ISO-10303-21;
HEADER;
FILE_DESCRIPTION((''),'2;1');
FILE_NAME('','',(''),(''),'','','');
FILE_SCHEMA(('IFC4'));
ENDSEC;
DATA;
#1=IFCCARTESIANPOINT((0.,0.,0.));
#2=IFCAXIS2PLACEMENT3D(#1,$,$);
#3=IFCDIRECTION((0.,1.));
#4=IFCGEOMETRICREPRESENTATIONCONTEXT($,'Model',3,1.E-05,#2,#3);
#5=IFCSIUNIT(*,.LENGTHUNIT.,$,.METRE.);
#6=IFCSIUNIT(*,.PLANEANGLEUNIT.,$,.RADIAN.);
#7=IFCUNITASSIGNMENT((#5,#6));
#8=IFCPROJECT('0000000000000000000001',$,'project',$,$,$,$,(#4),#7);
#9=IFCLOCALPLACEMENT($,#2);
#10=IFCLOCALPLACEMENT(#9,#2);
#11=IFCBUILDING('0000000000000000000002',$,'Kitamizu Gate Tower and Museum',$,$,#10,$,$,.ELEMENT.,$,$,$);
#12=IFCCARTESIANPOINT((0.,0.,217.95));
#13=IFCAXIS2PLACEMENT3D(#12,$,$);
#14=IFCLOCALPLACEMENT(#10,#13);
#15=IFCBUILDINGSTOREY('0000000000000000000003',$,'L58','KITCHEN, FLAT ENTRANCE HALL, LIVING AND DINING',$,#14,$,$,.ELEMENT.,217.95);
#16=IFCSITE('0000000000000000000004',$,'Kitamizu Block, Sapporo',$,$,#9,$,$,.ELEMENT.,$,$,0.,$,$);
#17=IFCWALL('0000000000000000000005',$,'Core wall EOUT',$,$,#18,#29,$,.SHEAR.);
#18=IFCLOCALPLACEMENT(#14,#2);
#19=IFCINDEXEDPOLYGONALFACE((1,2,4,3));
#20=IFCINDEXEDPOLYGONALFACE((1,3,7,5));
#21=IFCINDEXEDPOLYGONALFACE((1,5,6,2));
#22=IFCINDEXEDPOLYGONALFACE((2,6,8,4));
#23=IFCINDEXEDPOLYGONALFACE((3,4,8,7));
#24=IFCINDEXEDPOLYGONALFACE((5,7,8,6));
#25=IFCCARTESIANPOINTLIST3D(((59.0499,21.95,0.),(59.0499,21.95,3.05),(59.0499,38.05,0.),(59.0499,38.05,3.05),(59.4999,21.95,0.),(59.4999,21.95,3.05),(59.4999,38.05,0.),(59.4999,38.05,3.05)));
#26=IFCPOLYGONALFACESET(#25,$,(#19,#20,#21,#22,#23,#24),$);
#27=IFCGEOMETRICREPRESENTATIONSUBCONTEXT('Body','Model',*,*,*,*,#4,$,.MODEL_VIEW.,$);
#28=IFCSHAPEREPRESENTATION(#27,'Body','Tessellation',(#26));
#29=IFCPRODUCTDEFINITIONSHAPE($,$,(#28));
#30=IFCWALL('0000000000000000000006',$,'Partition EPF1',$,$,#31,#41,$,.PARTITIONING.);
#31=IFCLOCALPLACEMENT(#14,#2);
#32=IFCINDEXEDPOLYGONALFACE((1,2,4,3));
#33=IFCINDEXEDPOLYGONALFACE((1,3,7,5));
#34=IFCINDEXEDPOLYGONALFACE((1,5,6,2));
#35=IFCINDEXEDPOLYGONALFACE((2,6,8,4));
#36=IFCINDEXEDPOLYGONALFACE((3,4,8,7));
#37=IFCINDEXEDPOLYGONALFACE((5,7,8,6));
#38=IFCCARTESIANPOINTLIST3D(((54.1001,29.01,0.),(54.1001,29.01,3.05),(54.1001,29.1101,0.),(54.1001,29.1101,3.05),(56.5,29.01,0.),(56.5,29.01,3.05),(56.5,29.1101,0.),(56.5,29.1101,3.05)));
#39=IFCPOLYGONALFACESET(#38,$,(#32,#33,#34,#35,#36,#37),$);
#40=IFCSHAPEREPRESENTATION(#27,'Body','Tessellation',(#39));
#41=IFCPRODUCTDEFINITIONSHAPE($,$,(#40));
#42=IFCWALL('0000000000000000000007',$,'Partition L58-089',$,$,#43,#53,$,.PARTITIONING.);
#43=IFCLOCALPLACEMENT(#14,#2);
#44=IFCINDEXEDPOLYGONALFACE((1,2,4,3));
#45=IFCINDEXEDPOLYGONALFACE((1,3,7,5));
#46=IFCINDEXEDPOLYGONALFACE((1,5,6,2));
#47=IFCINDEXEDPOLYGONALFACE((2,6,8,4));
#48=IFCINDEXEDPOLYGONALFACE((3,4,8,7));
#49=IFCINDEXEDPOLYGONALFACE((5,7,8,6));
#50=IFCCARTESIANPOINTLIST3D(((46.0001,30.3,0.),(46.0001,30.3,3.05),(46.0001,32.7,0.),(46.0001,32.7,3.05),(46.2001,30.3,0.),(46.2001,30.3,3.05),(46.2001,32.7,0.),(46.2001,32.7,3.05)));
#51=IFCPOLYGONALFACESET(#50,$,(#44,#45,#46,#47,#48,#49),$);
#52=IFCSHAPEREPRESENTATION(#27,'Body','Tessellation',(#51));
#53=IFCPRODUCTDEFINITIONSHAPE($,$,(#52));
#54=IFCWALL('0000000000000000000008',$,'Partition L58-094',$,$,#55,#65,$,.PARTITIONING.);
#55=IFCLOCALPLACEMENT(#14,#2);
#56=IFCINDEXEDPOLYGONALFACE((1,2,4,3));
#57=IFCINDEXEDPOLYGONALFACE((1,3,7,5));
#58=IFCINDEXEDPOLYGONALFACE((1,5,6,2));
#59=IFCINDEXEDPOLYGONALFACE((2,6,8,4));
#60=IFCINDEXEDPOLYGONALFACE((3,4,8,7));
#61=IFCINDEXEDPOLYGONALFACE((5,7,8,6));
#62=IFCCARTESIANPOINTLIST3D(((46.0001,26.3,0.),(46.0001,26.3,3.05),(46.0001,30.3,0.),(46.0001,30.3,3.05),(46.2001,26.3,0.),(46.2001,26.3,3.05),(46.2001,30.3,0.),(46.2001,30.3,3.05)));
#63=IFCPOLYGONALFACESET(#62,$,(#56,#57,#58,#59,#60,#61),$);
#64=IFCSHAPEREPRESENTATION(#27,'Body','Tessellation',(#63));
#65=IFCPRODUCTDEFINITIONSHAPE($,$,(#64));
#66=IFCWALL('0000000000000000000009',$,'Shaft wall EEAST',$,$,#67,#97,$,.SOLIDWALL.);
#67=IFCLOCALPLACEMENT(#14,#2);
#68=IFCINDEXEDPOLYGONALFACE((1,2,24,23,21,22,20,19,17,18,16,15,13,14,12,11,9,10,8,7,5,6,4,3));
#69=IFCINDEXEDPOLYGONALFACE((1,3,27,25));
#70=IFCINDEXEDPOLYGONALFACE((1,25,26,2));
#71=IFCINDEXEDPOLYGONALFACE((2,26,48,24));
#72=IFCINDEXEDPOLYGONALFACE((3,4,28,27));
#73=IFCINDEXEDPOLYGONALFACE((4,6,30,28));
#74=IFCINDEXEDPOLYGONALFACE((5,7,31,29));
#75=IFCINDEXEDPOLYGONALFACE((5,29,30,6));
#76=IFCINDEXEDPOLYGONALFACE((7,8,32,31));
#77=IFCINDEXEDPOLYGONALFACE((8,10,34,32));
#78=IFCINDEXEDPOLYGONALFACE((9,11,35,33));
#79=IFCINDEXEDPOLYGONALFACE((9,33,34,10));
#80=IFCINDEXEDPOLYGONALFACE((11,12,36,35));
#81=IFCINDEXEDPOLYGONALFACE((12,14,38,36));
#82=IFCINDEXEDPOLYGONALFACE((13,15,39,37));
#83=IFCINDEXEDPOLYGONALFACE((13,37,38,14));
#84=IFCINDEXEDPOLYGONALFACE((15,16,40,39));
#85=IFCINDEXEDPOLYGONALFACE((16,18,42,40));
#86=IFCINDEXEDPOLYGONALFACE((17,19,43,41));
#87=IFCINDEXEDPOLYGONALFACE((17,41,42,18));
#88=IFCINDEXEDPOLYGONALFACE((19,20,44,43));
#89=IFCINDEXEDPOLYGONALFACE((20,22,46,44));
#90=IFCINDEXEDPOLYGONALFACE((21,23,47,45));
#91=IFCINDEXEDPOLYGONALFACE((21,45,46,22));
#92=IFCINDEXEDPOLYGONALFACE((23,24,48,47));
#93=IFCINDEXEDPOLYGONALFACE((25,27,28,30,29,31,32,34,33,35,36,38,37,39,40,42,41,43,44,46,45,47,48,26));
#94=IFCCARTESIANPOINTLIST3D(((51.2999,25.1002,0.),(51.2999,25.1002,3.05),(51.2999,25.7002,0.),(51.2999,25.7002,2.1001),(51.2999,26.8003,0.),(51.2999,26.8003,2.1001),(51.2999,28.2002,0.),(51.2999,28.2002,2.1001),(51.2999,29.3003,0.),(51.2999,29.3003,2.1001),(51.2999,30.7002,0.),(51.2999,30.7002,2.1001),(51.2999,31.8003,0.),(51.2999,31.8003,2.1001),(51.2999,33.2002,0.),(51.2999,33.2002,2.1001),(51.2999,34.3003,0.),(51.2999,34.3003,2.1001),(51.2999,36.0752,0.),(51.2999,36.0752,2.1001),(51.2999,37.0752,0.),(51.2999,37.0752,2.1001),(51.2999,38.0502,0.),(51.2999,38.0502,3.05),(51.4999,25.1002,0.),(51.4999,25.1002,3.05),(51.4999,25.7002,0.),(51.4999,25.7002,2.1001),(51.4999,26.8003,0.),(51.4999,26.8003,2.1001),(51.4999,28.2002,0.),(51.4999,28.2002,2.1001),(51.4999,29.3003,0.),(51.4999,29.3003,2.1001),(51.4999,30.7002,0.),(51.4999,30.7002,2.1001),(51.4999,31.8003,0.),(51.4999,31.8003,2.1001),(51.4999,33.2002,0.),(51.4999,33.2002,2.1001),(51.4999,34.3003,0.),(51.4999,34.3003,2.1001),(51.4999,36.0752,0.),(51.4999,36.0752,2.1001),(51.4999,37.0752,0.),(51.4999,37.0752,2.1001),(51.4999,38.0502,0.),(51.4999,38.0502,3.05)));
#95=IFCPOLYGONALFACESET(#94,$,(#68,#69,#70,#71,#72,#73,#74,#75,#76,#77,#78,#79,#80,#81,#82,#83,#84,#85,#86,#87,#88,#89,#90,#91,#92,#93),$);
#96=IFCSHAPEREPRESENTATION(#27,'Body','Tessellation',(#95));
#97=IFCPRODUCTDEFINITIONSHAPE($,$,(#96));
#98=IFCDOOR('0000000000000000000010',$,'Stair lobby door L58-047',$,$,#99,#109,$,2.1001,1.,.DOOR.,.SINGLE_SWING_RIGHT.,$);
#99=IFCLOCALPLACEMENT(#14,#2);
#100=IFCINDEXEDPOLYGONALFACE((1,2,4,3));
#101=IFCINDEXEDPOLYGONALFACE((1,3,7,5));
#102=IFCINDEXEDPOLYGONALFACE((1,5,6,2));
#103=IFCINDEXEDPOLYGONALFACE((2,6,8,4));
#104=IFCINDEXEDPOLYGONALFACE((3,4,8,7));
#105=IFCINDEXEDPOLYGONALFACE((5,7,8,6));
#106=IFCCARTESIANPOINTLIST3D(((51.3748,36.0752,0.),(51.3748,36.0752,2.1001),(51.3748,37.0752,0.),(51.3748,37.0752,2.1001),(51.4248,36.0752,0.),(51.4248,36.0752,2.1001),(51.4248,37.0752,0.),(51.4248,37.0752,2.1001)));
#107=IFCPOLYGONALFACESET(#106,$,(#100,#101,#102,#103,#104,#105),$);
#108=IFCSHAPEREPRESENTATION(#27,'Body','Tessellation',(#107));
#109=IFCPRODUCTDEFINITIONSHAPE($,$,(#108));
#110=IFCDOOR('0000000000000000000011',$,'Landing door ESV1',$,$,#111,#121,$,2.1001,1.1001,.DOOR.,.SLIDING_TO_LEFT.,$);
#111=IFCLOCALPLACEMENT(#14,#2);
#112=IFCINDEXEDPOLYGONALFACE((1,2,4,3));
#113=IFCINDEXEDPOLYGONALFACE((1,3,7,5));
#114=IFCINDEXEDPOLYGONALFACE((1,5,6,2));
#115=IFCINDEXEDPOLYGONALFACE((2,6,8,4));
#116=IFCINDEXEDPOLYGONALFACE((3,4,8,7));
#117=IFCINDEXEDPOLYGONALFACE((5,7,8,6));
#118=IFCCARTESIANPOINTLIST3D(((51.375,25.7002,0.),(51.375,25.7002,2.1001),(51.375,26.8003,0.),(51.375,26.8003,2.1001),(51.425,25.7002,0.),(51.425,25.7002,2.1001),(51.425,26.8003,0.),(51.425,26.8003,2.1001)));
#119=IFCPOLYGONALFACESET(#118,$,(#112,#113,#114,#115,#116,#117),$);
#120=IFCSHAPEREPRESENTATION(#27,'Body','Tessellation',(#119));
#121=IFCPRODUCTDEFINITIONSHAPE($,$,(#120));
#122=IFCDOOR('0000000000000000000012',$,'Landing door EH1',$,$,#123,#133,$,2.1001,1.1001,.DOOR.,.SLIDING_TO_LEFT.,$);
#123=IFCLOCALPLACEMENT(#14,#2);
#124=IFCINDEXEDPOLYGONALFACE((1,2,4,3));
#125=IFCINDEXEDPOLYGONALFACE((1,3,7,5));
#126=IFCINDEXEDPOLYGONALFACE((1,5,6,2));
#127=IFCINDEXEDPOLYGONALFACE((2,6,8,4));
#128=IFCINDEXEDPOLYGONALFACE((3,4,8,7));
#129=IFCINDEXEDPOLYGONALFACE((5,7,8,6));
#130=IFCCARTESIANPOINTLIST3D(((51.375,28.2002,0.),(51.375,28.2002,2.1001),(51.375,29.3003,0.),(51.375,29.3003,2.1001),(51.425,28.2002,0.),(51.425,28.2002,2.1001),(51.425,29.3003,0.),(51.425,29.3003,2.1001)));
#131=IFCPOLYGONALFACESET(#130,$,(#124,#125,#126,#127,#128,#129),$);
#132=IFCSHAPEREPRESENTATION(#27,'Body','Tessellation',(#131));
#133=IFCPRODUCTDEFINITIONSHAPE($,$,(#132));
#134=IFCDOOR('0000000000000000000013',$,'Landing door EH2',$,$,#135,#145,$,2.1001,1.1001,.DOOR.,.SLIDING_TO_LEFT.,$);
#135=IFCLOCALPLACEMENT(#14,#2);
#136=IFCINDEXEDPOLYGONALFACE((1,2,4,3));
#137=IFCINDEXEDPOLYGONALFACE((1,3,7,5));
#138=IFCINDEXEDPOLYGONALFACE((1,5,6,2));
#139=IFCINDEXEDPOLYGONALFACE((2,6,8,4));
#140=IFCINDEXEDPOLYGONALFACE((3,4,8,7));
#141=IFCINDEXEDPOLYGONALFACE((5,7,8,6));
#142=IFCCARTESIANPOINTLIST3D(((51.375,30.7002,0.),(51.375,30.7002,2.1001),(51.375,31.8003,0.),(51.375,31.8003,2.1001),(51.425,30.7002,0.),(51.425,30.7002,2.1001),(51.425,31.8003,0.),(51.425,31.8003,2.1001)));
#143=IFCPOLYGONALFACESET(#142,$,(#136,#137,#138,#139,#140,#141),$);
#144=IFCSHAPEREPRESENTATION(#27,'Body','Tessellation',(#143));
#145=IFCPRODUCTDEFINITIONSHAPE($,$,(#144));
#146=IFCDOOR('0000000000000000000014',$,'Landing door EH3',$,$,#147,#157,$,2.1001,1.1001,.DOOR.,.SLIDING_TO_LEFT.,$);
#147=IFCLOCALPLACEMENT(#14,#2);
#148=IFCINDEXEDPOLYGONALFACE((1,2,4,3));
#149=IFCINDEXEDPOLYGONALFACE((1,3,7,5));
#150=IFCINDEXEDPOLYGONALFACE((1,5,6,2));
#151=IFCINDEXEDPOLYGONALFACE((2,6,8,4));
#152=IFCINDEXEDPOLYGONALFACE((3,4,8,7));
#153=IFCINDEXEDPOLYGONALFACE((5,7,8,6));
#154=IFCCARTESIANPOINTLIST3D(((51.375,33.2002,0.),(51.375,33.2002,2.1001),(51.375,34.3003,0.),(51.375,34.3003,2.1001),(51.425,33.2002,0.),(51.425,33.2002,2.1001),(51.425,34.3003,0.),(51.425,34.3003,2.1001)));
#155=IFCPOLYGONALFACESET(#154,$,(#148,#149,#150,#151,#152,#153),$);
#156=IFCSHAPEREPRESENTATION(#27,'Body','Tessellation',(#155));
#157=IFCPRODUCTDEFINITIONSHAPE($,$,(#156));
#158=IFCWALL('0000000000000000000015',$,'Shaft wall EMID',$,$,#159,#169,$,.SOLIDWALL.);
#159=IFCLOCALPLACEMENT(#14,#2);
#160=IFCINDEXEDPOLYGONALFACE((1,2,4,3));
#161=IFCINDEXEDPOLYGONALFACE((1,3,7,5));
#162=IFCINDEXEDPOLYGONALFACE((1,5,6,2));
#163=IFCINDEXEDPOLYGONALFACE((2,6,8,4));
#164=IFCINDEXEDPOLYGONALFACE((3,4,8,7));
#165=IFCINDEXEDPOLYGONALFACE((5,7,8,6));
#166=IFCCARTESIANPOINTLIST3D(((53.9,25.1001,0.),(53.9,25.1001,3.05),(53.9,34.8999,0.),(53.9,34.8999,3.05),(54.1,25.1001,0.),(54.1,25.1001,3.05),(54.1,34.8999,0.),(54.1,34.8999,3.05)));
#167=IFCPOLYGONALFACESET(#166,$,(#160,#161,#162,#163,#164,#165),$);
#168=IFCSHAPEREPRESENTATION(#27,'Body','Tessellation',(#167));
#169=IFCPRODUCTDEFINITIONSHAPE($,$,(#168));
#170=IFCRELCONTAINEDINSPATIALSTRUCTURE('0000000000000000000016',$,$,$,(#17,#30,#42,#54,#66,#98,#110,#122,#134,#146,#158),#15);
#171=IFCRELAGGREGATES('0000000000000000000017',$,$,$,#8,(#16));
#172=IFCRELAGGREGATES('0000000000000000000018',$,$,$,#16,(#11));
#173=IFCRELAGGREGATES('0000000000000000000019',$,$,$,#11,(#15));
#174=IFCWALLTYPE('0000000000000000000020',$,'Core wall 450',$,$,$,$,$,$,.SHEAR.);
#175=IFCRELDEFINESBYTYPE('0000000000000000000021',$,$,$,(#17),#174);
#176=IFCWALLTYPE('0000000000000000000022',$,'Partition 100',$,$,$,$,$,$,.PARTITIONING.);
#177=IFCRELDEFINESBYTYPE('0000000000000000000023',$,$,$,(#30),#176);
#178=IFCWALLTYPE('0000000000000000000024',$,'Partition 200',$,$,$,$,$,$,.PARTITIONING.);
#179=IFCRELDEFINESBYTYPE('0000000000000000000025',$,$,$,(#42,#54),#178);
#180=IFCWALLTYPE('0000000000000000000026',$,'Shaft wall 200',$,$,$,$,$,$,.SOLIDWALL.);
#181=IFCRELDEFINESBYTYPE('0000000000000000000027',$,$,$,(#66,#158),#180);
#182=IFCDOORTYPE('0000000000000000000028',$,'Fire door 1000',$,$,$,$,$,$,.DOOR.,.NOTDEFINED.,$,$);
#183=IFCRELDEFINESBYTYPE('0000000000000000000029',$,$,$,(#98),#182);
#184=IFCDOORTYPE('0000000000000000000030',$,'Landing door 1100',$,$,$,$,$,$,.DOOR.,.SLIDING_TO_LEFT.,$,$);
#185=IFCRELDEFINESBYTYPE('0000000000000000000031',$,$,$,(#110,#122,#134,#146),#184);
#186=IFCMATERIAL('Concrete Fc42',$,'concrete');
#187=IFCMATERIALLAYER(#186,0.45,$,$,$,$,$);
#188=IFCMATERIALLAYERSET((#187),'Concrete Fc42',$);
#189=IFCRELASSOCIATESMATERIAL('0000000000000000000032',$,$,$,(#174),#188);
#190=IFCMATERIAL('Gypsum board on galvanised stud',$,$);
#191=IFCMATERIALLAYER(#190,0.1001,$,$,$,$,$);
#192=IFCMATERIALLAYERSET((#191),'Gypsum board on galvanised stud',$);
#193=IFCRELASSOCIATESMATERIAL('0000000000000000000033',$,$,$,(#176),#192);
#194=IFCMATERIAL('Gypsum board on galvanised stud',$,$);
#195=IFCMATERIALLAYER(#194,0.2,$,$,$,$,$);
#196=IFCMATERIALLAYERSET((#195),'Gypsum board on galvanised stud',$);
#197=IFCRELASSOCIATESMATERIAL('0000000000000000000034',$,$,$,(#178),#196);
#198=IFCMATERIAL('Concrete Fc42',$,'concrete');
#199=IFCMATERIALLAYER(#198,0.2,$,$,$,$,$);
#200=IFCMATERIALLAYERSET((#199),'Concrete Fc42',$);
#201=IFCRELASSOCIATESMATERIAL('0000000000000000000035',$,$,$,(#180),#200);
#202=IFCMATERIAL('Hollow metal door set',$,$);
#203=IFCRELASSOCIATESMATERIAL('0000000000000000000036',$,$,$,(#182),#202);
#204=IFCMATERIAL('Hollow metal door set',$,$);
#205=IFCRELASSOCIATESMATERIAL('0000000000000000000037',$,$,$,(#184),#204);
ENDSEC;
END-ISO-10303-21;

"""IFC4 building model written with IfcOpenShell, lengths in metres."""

from ifc_helpers import new_model, si_unit, direction, frame, frame_2d, origin, place, context, subcontext, project, spatial, rectangle, extrude, material, layer, layer_set, type_object, element, fill, save


model = new_model("IFC4")

# Units and contexts
model_context = context("Model", 3, precision=1e-05, world=origin(), true_north=direction((0.0, 1.0)))
body_context = subcontext(model_context, "Body", "Model", "MODEL_VIEW")
ifc_project = project(units=[si_unit("LENGTHUNIT", "METRE"), si_unit("PLANEANGLEUNIT", "RADIAN")], contexts=[model_context])

# Site, building, storey
site_placement = place(None, origin())
site = spatial("IfcSite", under=ifc_project, at=site_placement, Name="Kitamizu Block, Sapporo", CompositionType="ELEMENT", RefElevation=0.0)
building_placement = place(site_placement, origin())
building = spatial("IfcBuilding", under=site, at=building_placement, Name="Kitamizu Gate Tower and Museum", CompositionType="ELEMENT")
storey_placement = place(building_placement, frame((0.0, 0.0, 217.95)))
storey = spatial("IfcBuildingStorey", under=building, at=storey_placement, Name="L58", Description="KITCHEN, FLAT ENTRANCE HALL, LIVING AND DINING", CompositionType="ELEMENT", Elevation=217.95)

# Walls
ifc_material_1 = material(Name="Concrete Fc42", Category="concrete")
ifc_layer_1 = layer(ifc_material_1, 0.45)
ifc_layer_set_1 = layer_set([ifc_layer_1], Name="Concrete Fc42")
wall_type_1 = type_object("IfcWallType", Name="Core wall 450", PredefinedType="SHEAR", material=ifc_layer_set_1)
wall_1_placement = place(storey_placement, frame((59.2749, 21.95, 0.0), z_axis=(0.0, 0.0, 1.0), x_axis=(0.0, 1.0, 0.0)))
element("IfcWall", 1, at=wall_1_placement, inside=storey, type_object=wall_type_1, Name="Core wall EOUT", PredefinedType="SHEAR", context=body_context, shape_type="SweptSolid", body=[
    extrude(rectangle(XDim=16.1001, YDim=0.45, at=frame_2d((8.05, 0.0))), origin(), (0.0, 0.0, 1.0), 3.05),
])
ifc_material_2 = material(Name="Gypsum board on galvanised stud")
ifc_layer_2 = layer(ifc_material_2, 0.1001)
ifc_layer_set_2 = layer_set([ifc_layer_2], Name="Gypsum board on galvanised stud")
wall_type_2 = type_object("IfcWallType", Name="Partition 100", PredefinedType="PARTITIONING", material=ifc_layer_set_2)
wall_2_placement = place(storey_placement, frame((56.5, 29.0601, 0.0), z_axis=(0.0, 0.0, 1.0), x_axis=(-1.0, 0.0, 0.0)))
element("IfcWall", 2, at=wall_2_placement, inside=storey, type_object=wall_type_2, Name="Partition EPF1", PredefinedType="PARTITIONING", context=body_context, shape_type="SweptSolid", body=[
    extrude(rectangle(XDim=2.3999, YDim=0.1001, at=frame_2d((1.2, 0.0))), origin(), (0.0, 0.0, 1.0), 3.05),
])
ifc_material_3 = material(Name="Gypsum board on galvanised stud")
ifc_layer_3 = layer(ifc_material_3, 0.2)
ifc_layer_set_3 = layer_set([ifc_layer_3], Name="Gypsum board on galvanised stud")
wall_type_3 = type_object("IfcWallType", Name="Partition 200", PredefinedType="PARTITIONING", material=ifc_layer_set_3)
wall_3_placement = place(storey_placement, frame((46.1001, 30.3, 0.0), z_axis=(0.0, 0.0, 1.0), x_axis=(0.0, 1.0, 0.0)))
element("IfcWall", 3, at=wall_3_placement, inside=storey, type_object=wall_type_3, Name="Partition L58-089", PredefinedType="PARTITIONING", context=body_context, shape_type="SweptSolid", body=[
    extrude(rectangle(XDim=2.3999, YDim=0.2, at=frame_2d((1.2, 0.0))), origin(), (0.0, 0.0, 1.0), 3.05),
])
wall_4_placement = place(storey_placement, frame((46.1001, 26.3, 0.0), z_axis=(0.0, 0.0, 1.0), x_axis=(0.0, 1.0, 0.0)))
element("IfcWall", 4, at=wall_4_placement, inside=storey, type_object=wall_type_3, Name="Partition L58-094", PredefinedType="PARTITIONING", context=body_context, shape_type="SweptSolid", body=[
    extrude(rectangle(XDim=4.0, YDim=0.2, at=frame_2d((2.0, 0.0))), origin(), (0.0, 0.0, 1.0), 3.05),
])

# Wall, openings, doors
ifc_material_4 = material(Name="Concrete Fc42", Category="concrete")
ifc_layer_4 = layer(ifc_material_4, 0.2)
ifc_layer_set_4 = layer_set([ifc_layer_4], Name="Concrete Fc42")
wall_type_4 = type_object("IfcWallType", Name="Shaft wall 200", PredefinedType="SOLIDWALL", material=ifc_layer_set_4)
wall_5_placement = place(storey_placement, frame((51.3999, 25.1001, 0.0), z_axis=(0.0, 0.0, 1.0), x_axis=(0.0, 1.0, 0.0)))
wall_5 = element("IfcWall", 5, at=wall_5_placement, inside=storey, type_object=wall_type_4, Name="Shaft wall EEAST", PredefinedType="SOLIDWALL", context=body_context, shape_type="SweptSolid", body=[
    extrude(rectangle(XDim=12.95, YDim=0.2, at=frame_2d((6.4751, 0.0))), origin(), (0.0, 0.0, 1.0), 3.05),
])
opening_1_placement = place(wall_5_placement, frame((0.6001, 0.0, 0.0)))
opening_1 = element("IfcOpeningElement", 6, at=opening_1_placement, cuts=wall_5, PredefinedType="OPENING", context=body_context, shape_type="SweptSolid", body=[
    extrude(rectangle(XDim=1.1001, YDim=2.1001, at=frame_2d((0.55, 1.05))), frame((0.0, 0.1099, 0.0), z_axis=(0.0, -1.0, 0.0), x_axis=(1.0, 0.0, 0.0)), (0.0, 0.0, 1.0), 0.22),
])
opening_2_placement = place(wall_5_placement, frame((3.1001, 0.0, 0.0)))
opening_2 = element("IfcOpeningElement", 7, at=opening_2_placement, cuts=wall_5, PredefinedType="OPENING", context=body_context, shape_type="SweptSolid", body=[
    extrude(rectangle(XDim=1.1001, YDim=2.1001, at=frame_2d((0.55, 1.05))), frame((0.0, 0.1099, 0.0), z_axis=(0.0, -1.0, 0.0), x_axis=(1.0, 0.0, 0.0)), (0.0, 0.0, 1.0), 0.22),
])
opening_3_placement = place(wall_5_placement, frame((5.6001, 0.0, 0.0)))
opening_3 = element("IfcOpeningElement", 8, at=opening_3_placement, cuts=wall_5, PredefinedType="OPENING", context=body_context, shape_type="SweptSolid", body=[
    extrude(rectangle(XDim=1.1001, YDim=2.1001, at=frame_2d((0.55, 1.05))), frame((0.0, 0.1099, 0.0), z_axis=(0.0, -1.0, 0.0), x_axis=(1.0, 0.0, 0.0)), (0.0, 0.0, 1.0), 0.22),
])
opening_4_placement = place(wall_5_placement, frame((8.1001, 0.0, 0.0)))
opening_4 = element("IfcOpeningElement", 9, at=opening_4_placement, cuts=wall_5, PredefinedType="OPENING", context=body_context, shape_type="SweptSolid", body=[
    extrude(rectangle(XDim=1.1001, YDim=2.1001, at=frame_2d((0.55, 1.05))), frame((0.0, 0.1099, 0.0), z_axis=(0.0, -1.0, 0.0), x_axis=(1.0, 0.0, 0.0)), (0.0, 0.0, 1.0), 0.22),
])
opening_5_placement = place(wall_5_placement, frame((10.9751, 0.0, 0.0)))
opening_5 = element("IfcOpeningElement", 10, at=opening_5_placement, cuts=wall_5, PredefinedType="OPENING", context=body_context, shape_type="SweptSolid", body=[
    extrude(rectangle(XDim=1.0, YDim=2.1001, at=frame_2d((0.5, 1.05))), frame((0.0, 0.1099, 0.0), z_axis=(0.0, -1.0, 0.0), x_axis=(1.0, 0.0, 0.0)), (0.0, 0.0, 1.0), 0.22),
])
ifc_material_5 = material(Name="Hollow metal door set")
door_type_1 = type_object("IfcDoorType", Name="Fire door 1000", OperationType="NOTDEFINED", PredefinedType="DOOR", material=ifc_material_5)
door_1_placement = place(opening_5_placement, frame((1.0, 0.0, 0.0), x_axis=(-1.0, 0.0, 0.0)))
door_1 = element("IfcDoor", 11, at=door_1_placement, inside=storey, type_object=door_type_1, Name="Stair lobby door L58-047", OperationType="SINGLE_SWING_RIGHT", OverallHeight=2.1001, OverallWidth=1.0, PredefinedType="DOOR", context=body_context, shape_type="SweptSolid", body=[
    extrude(rectangle(XDim=1.0, YDim=2.1001, at=frame_2d((0.5, 1.05))), frame((0.0, 0.0249, 0.0), z_axis=(0.0, -1.0, 0.0), x_axis=(1.0, 0.0, 0.0)), (0.0, 0.0, 1.0), 0.05),
])
fill(opening_5, door_1)
ifc_material_6 = material(Name="Hollow metal door set")
door_type_2 = type_object("IfcDoorType", Name="Landing door 1100", OperationType="SLIDING_TO_LEFT", PredefinedType="DOOR", material=ifc_material_6)
door_2_placement = place(opening_1_placement, origin())
door_2 = element("IfcDoor", 12, at=door_2_placement, inside=storey, type_object=door_type_2, Name="Landing door ESV1", OperationType="SLIDING_TO_LEFT", OverallHeight=2.1001, OverallWidth=1.1001, PredefinedType="DOOR", context=body_context, shape_type="SweptSolid", body=[
    extrude(rectangle(XDim=1.1001, YDim=2.1001, at=frame_2d((0.55, 1.05))), frame((0.0, 0.0249, 0.0), z_axis=(0.0, -1.0, 0.0), x_axis=(1.0, 0.0, 0.0)), (0.0, 0.0, 1.0), 0.05),
])
fill(opening_1, door_2)
door_3_placement = place(opening_2_placement, origin())
door_3 = element("IfcDoor", 13, at=door_3_placement, inside=storey, type_object=door_type_2, Name="Landing door EH1", OperationType="SLIDING_TO_LEFT", OverallHeight=2.1001, OverallWidth=1.1001, PredefinedType="DOOR", context=body_context, shape_type="SweptSolid", body=[
    extrude(rectangle(XDim=1.1001, YDim=2.1001, at=frame_2d((0.55, 1.05))), frame((0.0, 0.0249, 0.0), z_axis=(0.0, -1.0, 0.0), x_axis=(1.0, 0.0, 0.0)), (0.0, 0.0, 1.0), 0.05),
])
fill(opening_2, door_3)
door_4_placement = place(opening_3_placement, origin())
door_4 = element("IfcDoor", 14, at=door_4_placement, inside=storey, type_object=door_type_2, Name="Landing door EH2", OperationType="SLIDING_TO_LEFT", OverallHeight=2.1001, OverallWidth=1.1001, PredefinedType="DOOR", context=body_context, shape_type="SweptSolid", body=[
    extrude(rectangle(XDim=1.1001, YDim=2.1001, at=frame_2d((0.55, 1.05))), frame((0.0, 0.0249, 0.0), z_axis=(0.0, -1.0, 0.0), x_axis=(1.0, 0.0, 0.0)), (0.0, 0.0, 1.0), 0.05),
])
fill(opening_3, door_4)
door_5_placement = place(opening_4_placement, origin())
door_5 = element("IfcDoor", 15, at=door_5_placement, inside=storey, type_object=door_type_2, Name="Landing door EH3", OperationType="SLIDING_TO_LEFT", OverallHeight=2.1001, OverallWidth=1.1001, PredefinedType="DOOR", context=body_context, shape_type="SweptSolid", body=[
    extrude(rectangle(XDim=1.1001, YDim=2.1001, at=frame_2d((0.55, 1.05))), frame((0.0, 0.0249, 0.0), z_axis=(0.0, -1.0, 0.0), x_axis=(1.0, 0.0, 0.0)), (0.0, 0.0, 1.0), 0.05),
])
fill(opening_4, door_5)

# Wall
wall_6_placement = place(storey_placement, frame((54.0, 25.1001, 0.0), z_axis=(0.0, 0.0, 1.0), x_axis=(0.0, 1.0, 0.0)))
element("IfcWall", 16, at=wall_6_placement, inside=storey, type_object=wall_type_4, Name="Shaft wall EMID", PredefinedType="SOLIDWALL", context=body_context, shape_type="SweptSolid", body=[
    extrude(rectangle(XDim=9.7998, YDim=0.2, at=frame_2d((4.8999, 0.0))), origin(), (0.0, 0.0, 1.0), 3.05),
])

save(model, "model.ifc")
